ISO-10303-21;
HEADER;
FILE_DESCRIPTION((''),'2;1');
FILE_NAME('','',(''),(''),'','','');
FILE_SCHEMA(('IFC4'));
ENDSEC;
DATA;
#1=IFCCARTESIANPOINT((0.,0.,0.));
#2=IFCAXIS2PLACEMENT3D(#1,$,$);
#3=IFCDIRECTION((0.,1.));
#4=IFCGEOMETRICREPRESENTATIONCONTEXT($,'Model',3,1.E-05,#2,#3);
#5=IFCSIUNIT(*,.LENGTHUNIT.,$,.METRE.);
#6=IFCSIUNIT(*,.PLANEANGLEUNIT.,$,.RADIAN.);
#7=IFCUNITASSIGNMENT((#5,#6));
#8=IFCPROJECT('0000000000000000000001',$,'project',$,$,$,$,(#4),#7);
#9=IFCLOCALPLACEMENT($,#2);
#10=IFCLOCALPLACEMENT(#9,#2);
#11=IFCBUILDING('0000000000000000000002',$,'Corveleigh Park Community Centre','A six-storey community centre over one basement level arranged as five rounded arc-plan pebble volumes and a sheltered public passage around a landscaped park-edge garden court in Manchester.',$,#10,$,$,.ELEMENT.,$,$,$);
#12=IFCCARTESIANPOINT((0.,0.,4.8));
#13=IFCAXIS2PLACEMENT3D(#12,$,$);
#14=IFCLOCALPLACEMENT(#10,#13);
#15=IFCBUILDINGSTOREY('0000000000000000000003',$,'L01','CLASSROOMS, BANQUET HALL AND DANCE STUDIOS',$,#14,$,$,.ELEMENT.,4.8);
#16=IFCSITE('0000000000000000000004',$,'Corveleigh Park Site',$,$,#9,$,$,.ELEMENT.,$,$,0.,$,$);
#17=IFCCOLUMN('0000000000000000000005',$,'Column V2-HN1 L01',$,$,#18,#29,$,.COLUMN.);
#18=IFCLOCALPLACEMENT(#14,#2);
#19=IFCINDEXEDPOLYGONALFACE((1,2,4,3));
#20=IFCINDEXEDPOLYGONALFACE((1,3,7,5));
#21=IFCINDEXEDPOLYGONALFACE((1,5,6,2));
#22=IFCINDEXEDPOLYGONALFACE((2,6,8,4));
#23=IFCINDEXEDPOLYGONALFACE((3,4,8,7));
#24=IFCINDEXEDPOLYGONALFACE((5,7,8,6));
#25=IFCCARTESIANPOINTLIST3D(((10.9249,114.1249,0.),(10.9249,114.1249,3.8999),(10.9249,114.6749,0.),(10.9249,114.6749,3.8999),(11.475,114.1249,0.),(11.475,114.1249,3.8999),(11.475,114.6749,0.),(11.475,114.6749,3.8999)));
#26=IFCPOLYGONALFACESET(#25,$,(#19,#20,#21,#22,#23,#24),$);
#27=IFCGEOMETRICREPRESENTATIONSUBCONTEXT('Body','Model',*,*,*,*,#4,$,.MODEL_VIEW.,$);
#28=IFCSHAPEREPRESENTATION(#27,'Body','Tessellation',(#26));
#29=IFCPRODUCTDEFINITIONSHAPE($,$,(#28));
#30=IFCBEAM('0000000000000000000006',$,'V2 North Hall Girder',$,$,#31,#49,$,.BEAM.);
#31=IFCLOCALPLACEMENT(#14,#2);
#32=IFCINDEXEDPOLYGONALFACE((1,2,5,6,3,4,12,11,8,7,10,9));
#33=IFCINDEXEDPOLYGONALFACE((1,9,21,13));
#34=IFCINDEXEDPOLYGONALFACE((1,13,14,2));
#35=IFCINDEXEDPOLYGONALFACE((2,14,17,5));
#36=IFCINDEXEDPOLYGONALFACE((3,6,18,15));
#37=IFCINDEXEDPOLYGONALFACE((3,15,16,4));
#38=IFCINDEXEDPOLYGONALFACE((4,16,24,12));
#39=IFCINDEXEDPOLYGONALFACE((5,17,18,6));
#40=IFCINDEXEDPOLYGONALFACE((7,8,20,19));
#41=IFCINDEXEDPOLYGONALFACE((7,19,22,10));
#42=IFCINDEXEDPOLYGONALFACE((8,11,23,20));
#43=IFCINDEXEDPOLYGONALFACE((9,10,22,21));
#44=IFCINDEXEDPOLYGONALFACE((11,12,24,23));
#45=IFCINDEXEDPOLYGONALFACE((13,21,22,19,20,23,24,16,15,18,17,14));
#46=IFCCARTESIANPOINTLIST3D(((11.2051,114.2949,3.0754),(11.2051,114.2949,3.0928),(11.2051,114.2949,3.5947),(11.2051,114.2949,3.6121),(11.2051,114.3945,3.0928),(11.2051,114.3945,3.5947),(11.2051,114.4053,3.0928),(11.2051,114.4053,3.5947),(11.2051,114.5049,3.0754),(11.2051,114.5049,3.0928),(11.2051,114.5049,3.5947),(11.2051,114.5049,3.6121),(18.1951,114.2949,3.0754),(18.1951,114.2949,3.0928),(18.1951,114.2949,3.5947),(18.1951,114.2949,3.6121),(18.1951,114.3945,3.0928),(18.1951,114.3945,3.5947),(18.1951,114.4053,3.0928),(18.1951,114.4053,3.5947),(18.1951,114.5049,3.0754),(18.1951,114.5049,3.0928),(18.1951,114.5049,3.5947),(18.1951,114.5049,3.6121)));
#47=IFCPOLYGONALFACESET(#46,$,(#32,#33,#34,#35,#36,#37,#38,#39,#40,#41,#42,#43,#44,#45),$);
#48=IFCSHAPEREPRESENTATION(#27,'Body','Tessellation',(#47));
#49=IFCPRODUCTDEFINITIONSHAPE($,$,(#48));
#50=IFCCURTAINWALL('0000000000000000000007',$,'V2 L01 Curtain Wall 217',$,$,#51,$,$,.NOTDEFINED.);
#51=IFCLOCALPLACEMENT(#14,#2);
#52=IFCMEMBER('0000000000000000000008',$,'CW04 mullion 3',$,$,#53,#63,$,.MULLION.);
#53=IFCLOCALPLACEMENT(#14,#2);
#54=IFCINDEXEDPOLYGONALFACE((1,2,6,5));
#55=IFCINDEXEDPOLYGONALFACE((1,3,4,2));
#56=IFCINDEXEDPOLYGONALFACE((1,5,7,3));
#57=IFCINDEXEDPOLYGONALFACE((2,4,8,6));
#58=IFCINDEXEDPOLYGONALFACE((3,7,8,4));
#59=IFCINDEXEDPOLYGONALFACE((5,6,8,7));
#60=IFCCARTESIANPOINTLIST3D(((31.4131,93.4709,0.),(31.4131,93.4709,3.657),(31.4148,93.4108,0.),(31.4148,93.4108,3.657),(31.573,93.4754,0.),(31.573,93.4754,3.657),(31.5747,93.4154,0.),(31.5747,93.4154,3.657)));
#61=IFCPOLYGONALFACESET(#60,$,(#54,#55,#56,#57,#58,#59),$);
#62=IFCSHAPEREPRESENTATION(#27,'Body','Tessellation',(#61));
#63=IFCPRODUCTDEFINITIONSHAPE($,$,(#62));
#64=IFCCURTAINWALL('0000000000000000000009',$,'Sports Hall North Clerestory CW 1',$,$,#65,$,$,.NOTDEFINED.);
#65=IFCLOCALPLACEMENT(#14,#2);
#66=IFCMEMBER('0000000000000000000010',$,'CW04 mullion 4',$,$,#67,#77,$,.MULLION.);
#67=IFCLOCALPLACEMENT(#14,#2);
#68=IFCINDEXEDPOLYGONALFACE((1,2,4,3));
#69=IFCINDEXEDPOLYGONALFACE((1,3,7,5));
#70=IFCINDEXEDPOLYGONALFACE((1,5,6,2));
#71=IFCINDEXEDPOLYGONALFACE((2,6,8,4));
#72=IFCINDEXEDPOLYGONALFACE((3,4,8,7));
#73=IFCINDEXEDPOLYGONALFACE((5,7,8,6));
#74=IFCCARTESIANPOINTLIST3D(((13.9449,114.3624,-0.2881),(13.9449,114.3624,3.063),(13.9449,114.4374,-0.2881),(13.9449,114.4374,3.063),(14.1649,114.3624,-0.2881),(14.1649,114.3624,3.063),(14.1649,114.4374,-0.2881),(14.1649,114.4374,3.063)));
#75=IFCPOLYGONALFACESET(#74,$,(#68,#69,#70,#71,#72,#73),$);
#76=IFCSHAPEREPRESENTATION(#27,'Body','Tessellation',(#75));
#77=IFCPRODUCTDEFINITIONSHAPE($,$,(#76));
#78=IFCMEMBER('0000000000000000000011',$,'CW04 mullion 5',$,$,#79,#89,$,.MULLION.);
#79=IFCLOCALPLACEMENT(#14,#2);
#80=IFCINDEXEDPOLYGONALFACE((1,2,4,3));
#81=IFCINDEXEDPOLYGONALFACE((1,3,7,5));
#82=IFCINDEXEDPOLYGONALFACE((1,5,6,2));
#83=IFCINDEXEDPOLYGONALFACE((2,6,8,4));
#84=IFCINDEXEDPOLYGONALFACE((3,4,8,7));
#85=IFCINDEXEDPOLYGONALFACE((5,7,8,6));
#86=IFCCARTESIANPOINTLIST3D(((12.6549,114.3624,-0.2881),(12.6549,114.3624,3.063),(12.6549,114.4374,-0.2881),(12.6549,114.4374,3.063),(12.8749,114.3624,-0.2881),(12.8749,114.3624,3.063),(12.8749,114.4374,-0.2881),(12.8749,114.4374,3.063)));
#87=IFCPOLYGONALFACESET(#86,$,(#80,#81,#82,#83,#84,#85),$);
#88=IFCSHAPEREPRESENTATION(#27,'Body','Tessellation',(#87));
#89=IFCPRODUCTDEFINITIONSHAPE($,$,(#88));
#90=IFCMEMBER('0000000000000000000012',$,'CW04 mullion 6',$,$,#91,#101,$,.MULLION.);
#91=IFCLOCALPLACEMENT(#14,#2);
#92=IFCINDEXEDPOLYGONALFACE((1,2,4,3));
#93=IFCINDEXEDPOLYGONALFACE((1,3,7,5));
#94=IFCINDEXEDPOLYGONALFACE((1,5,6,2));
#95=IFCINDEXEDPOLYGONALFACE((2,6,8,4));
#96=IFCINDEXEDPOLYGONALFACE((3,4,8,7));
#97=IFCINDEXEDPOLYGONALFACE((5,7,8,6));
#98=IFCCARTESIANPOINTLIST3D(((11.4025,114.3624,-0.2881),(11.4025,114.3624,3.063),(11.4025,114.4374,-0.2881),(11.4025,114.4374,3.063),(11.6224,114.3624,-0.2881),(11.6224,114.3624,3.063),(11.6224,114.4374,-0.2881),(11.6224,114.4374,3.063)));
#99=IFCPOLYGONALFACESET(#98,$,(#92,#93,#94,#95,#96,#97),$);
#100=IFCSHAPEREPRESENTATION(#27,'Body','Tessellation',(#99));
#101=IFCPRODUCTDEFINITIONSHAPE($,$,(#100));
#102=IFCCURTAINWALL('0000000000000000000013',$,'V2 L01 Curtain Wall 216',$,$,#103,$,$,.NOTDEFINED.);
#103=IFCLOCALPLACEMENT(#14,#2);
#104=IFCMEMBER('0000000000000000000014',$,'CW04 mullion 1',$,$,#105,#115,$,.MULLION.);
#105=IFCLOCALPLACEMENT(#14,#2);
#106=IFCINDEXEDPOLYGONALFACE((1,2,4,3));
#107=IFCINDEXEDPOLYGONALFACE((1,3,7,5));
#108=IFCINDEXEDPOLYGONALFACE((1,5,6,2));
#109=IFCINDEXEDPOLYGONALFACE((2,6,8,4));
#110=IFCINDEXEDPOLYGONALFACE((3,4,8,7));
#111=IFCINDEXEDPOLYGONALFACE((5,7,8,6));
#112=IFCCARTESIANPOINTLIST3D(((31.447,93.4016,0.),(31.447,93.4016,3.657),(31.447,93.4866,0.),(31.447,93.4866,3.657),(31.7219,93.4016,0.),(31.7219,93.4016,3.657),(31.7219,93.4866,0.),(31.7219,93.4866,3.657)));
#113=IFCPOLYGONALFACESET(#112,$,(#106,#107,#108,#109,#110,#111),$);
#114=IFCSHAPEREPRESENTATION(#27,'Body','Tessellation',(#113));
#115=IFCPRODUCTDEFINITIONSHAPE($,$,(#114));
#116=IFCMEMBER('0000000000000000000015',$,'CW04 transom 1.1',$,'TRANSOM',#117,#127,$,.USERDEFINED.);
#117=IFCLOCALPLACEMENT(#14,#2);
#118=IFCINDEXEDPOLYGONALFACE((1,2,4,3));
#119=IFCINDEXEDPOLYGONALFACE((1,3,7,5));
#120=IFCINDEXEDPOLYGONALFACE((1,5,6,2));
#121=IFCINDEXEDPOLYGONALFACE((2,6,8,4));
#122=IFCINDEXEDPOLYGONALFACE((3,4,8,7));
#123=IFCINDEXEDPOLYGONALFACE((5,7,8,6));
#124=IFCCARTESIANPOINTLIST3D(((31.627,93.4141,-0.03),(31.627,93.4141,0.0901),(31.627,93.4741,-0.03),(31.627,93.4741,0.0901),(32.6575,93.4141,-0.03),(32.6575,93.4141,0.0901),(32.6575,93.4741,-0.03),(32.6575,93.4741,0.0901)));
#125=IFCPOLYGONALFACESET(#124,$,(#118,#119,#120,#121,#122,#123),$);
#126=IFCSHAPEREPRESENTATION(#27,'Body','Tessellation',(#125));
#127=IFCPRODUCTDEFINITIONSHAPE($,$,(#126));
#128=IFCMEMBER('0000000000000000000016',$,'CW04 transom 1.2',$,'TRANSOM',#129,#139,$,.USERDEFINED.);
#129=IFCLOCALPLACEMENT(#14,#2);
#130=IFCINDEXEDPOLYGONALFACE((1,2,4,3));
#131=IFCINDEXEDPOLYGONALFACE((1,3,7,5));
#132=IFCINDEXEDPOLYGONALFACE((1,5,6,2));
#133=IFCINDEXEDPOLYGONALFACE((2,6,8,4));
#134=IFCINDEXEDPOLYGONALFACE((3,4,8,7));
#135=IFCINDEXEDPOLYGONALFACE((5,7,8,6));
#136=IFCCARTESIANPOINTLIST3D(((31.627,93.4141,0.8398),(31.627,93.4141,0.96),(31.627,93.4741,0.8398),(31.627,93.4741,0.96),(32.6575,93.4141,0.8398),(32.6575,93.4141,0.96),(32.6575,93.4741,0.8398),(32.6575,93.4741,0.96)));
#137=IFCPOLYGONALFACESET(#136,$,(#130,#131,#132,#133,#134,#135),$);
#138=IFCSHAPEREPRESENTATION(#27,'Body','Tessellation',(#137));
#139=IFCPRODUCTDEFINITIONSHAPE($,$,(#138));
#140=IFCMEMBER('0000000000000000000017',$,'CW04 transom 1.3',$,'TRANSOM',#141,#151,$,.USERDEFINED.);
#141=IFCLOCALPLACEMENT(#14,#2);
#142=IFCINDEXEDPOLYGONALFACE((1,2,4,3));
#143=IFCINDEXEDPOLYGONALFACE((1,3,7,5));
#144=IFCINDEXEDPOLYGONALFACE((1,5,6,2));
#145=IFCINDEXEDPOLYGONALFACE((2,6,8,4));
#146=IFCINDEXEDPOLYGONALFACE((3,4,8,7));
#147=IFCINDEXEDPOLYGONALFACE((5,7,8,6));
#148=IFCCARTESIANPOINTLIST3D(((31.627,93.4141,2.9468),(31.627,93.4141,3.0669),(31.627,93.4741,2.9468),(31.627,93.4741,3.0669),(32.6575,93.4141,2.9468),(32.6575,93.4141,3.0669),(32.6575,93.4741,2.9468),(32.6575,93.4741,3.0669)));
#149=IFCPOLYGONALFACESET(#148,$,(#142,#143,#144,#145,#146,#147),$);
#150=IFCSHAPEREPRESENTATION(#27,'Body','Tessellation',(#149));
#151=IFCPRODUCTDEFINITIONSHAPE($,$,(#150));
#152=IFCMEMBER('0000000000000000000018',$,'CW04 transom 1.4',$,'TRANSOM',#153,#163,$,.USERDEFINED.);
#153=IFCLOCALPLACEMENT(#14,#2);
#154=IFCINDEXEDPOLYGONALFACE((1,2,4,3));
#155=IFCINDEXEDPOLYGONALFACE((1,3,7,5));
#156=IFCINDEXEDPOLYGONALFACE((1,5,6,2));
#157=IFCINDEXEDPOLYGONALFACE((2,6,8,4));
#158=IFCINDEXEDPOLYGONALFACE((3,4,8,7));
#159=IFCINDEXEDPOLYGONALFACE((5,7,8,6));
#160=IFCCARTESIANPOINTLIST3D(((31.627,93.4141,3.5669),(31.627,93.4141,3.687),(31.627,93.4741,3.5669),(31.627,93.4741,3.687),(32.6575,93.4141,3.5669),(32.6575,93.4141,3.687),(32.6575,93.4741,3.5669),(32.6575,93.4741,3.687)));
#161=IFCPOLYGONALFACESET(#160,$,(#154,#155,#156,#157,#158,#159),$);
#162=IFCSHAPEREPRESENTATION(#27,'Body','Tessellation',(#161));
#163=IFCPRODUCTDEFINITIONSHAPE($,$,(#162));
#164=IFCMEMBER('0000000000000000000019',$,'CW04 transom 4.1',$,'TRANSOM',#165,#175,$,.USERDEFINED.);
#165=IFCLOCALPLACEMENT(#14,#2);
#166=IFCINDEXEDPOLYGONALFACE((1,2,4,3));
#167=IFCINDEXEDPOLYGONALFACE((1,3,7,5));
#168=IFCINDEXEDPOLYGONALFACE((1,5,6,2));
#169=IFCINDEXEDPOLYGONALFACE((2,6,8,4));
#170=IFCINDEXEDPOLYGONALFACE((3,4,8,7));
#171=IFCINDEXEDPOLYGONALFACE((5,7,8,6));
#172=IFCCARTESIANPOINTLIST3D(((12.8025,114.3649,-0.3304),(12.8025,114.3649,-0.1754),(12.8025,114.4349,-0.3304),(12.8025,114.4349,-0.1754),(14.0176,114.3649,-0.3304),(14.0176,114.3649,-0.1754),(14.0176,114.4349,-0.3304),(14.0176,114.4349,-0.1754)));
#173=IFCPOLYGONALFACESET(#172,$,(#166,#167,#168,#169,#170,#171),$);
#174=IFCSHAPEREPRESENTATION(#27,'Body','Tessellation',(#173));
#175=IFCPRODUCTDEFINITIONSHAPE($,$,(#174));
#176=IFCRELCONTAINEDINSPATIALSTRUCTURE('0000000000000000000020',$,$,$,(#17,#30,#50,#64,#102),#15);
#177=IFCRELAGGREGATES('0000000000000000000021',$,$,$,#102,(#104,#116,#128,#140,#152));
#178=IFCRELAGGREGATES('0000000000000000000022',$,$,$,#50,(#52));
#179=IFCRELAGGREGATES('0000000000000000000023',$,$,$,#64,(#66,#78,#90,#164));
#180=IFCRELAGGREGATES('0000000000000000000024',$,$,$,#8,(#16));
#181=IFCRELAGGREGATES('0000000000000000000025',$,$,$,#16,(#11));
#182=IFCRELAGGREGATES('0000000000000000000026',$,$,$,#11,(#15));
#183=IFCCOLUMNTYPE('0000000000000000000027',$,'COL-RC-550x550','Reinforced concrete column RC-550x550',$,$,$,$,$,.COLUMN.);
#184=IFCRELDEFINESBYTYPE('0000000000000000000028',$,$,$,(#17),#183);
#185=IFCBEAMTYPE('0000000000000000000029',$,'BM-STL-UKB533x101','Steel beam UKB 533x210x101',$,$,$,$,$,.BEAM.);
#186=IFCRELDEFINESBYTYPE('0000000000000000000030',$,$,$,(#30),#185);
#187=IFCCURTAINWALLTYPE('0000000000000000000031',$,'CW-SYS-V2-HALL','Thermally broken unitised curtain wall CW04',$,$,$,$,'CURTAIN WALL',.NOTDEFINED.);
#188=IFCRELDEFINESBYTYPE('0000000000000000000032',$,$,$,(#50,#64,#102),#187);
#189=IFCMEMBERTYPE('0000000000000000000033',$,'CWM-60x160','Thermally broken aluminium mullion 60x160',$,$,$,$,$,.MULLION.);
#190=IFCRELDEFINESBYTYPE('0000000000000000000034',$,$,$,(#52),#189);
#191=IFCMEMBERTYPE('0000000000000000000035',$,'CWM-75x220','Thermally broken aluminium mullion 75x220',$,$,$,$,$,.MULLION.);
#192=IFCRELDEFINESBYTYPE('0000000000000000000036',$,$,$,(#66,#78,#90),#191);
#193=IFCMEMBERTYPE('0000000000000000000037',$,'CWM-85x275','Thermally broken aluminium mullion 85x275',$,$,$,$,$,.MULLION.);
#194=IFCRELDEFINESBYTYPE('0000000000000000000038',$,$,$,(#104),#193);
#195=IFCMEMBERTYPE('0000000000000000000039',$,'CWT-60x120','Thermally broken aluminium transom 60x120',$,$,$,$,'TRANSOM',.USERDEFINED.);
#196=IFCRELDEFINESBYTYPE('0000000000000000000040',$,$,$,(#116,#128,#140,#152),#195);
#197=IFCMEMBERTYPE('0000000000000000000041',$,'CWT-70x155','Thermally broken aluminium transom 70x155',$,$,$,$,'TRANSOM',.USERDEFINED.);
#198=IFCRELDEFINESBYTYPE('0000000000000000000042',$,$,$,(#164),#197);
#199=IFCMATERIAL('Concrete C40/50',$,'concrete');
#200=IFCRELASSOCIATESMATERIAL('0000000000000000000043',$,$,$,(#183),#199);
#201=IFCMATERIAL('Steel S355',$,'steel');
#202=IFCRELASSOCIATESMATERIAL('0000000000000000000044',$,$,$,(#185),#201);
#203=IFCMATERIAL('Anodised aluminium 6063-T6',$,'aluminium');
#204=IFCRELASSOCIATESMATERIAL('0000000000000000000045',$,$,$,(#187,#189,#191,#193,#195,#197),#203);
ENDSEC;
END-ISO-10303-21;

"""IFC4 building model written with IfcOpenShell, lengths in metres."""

from ifc_helpers import new_model, si_unit, direction, frame, origin, origin_2d, place, context, subcontext, project, spatial, rectangle, i_section, extrude, material, material_profile, profile_set, type_object, element, aggregate, save


model = new_model("IFC4")

# Units and contexts
model_context = context("Model", 3, precision=1e-05, world=origin(), true_north=direction((0.0, 1.0)))
body_context = subcontext(model_context, "Body", "Model", "MODEL_VIEW")
ifc_project = project(units=[si_unit("LENGTHUNIT", "METRE"), si_unit("PLANEANGLEUNIT", "RADIAN")], contexts=[model_context])

# Site, building, storey
site_placement = place(None, origin())
site = spatial("IfcSite", under=ifc_project, at=site_placement, Name="Corveleigh Park Site", CompositionType="ELEMENT", RefElevation=0.0)
building_placement = place(site_placement, origin())
building = spatial("IfcBuilding", under=site, at=building_placement, Name="Corveleigh Park Community Centre", Description="A six-storey community centre over one basement level arranged as five rounded arc-plan pebble volumes and a sheltered public passage around a landscaped park-edge garden court in Manchester.", CompositionType="ELEMENT")
storey_placement = place(building_placement, frame((0.0, 0.0, 4.8)))
storey = spatial("IfcBuildingStorey", under=building, at=storey_placement, Name="L01", Description="CLASSROOMS, BANQUET HALL AND DANCE STUDIOS", CompositionType="ELEMENT", Elevation=4.8)

# Column
ifc_material_1 = material(Name="Concrete C40/50", Category="concrete")
ifc_material_profile_1 = material_profile(ifc_material_1, rectangle(XDim=0.55, YDim=0.55, at=origin_2d()), Name="RC-550x550", Category="concrete")
ifc_profile_set_1 = profile_set([ifc_material_profile_1], Name="Concrete C40/50")
column_type = type_object("IfcColumnType", Name="COL-RC-550x550", Description="Reinforced concrete column RC-550x550", PredefinedType="COLUMN", material=ifc_profile_set_1)
column_placement = place(storey_placement, frame((11.2, 114.3999, 0.0), z_axis=(0.0, 0.0, 1.0), x_axis=(1.0, 0.0, 0.0)))
element("IfcColumn", 1, at=column_placement, inside=storey, type_object=column_type, Name="Column V2-HN1 L01", PredefinedType="COLUMN", context=body_context, shape_type="SweptSolid", body=[
    extrude(rectangle(XDim=0.55, YDim=0.55, at=origin_2d()), origin(), (0.0, 0.0, 1.0), 3.8999),
])

# Beam
ifc_material_2 = material(Name="Steel S355", Category="steel")
ifc_material_profile_2 = material_profile(ifc_material_2, i_section(OverallWidth=0.21, OverallDepth=0.5366, WebThickness=0.0107, FlangeThickness=0.0173, at=origin_2d()), Name="UKB 533x210x101", Category="steel")
ifc_profile_set_2 = profile_set([ifc_material_profile_2], Name="Steel S355")
beam_type = type_object("IfcBeamType", Name="BM-STL-UKB533x101", Description="Steel beam UKB 533x210x101", PredefinedType="BEAM", material=ifc_profile_set_2)
beam_placement = place(storey_placement, frame((11.2051, 114.3999, 3.3438), z_axis=(1.0, 0.0, 0.0), x_axis=(0.0, 1.0, 0.0)))
element("IfcBeam", 2, at=beam_placement, inside=storey, type_object=beam_type, Name="V2 North Hall Girder", PredefinedType="BEAM", context=body_context, shape_type="SweptSolid", body=[
    extrude(i_section(OverallWidth=0.21, OverallDepth=0.5366, WebThickness=0.0107, FlangeThickness=0.0173, at=origin_2d()), origin(), (0.0, 0.0, 1.0), 6.99),
])

# Curtain wall, member
ifc_material_3 = material(Name="Anodised aluminium 6063-T6", Category="aluminium")
curtain_wall_type = type_object("IfcCurtainWallType", Name="CW-SYS-V2-HALL", Description="Thermally broken unitised curtain wall CW04", ElementType="CURTAIN WALL", PredefinedType="NOTDEFINED", material=ifc_material_3)
curtain_wall_1_placement = place(storey_placement, origin())
curtain_wall_1 = element("IfcCurtainWall", 3, at=curtain_wall_1_placement, inside=storey, type_object=curtain_wall_type, Name="V2 L01 Curtain Wall 217", PredefinedType="NOTDEFINED")
ifc_material_profile_3 = material_profile(ifc_material_3, rectangle(XDim=0.0601, YDim=0.1599, at=origin_2d()), Name="ALU-M60x160", Category="aluminium")
ifc_profile_set_3 = profile_set([ifc_material_profile_3], Name="Anodised aluminium 6063-T6")
member_type_1 = type_object("IfcMemberType", Name="CWM-60x160", Description="Thermally broken aluminium mullion 60x160", PredefinedType="MULLION", material=ifc_profile_set_3)
member_1_placement = place(storey_placement, frame((31.4939, 93.4431, 0.0), z_axis=(0.0, 0.0, 1.0), x_axis=(-0.028498, 0.999594, 0.0)))
member_1 = element("IfcMember", 4, at=member_1_placement, type_object=member_type_1, Name="CW04 mullion 3", PredefinedType="MULLION", context=body_context, shape_type="SweptSolid", body=[
    extrude(rectangle(XDim=0.0601, YDim=0.1599, at=origin_2d()), origin(), (0.0, 0.0, 1.0), 3.657),
])

# Curtain walls, members
curtain_wall_2_placement = place(storey_placement, origin())
curtain_wall_2 = element("IfcCurtainWall", 5, at=curtain_wall_2_placement, inside=storey, type_object=curtain_wall_type, Name="Sports Hall North Clerestory CW 1", PredefinedType="NOTDEFINED")
ifc_material_profile_4 = material_profile(ifc_material_3, rectangle(XDim=0.075, YDim=0.22, at=origin_2d()), Name="ALU-M75x220", Category="aluminium")
ifc_profile_set_4 = profile_set([ifc_material_profile_4], Name="Anodised aluminium 6063-T6")
member_type_2 = type_object("IfcMemberType", Name="CWM-75x220", Description="Thermally broken aluminium mullion 75x220", PredefinedType="MULLION", material=ifc_profile_set_4)
member_2_placement = place(storey_placement, frame((14.0549, 114.3999, -0.2881), z_axis=(0.0, 0.0, 1.0), x_axis=(0.0, -1.0, 0.0)))
member_2 = element("IfcMember", 6, at=member_2_placement, type_object=member_type_2, Name="CW04 mullion 4", PredefinedType="MULLION", context=body_context, shape_type="SweptSolid", body=[
    extrude(rectangle(XDim=0.075, YDim=0.22, at=origin_2d()), origin(), (0.0, 0.0, 1.0), 3.3511),
])
member_3_placement = place(storey_placement, frame((12.7649, 114.3999, -0.2881), z_axis=(0.0, 0.0, 1.0), x_axis=(0.0, -1.0, 0.0)))
member_3 = element("IfcMember", 7, at=member_3_placement, type_object=member_type_2, Name="CW04 mullion 5", PredefinedType="MULLION", context=body_context, shape_type="SweptSolid", body=[
    extrude(rectangle(XDim=0.075, YDim=0.22, at=origin_2d()), origin(), (0.0, 0.0, 1.0), 3.3511),
])
member_4_placement = place(storey_placement, frame((11.5125, 114.3999, -0.2881), z_axis=(0.0, 0.0, 1.0), x_axis=(0.0, -1.0, 0.0)))
member_4 = element("IfcMember", 8, at=member_4_placement, type_object=member_type_2, Name="CW04 mullion 6", PredefinedType="MULLION", context=body_context, shape_type="SweptSolid", body=[
    extrude(rectangle(XDim=0.075, YDim=0.22, at=origin_2d()), origin(), (0.0, 0.0, 1.0), 3.3511),
])
curtain_wall_3_placement = place(storey_placement, origin())
curtain_wall_3 = element("IfcCurtainWall", 9, at=curtain_wall_3_placement, inside=storey, type_object=curtain_wall_type, Name="V2 L01 Curtain Wall 216", PredefinedType="NOTDEFINED")
ifc_material_profile_5 = material_profile(ifc_material_3, rectangle(XDim=0.085, YDim=0.2749, at=origin_2d()), Name="ALU-M85x275", Category="aluminium")
ifc_profile_set_5 = profile_set([ifc_material_profile_5], Name="Anodised aluminium 6063-T6")
member_type_3 = type_object("IfcMemberType", Name="CWM-85x275", Description="Thermally broken aluminium mullion 85x275", PredefinedType="MULLION", material=ifc_profile_set_5)
member_5_placement = place(storey_placement, frame((31.5845, 93.4441, 0.0), z_axis=(0.0, 0.0, 1.0), x_axis=(0.0, 1.0, 0.0)))
member_5 = element("IfcMember", 10, at=member_5_placement, type_object=member_type_3, Name="CW04 mullion 1", PredefinedType="MULLION", context=body_context, shape_type="SweptSolid", body=[
    extrude(rectangle(XDim=0.085, YDim=0.2749, at=origin_2d()), origin(), (0.0, 0.0, 1.0), 3.657),
])
ifc_material_profile_6 = material_profile(ifc_material_3, rectangle(XDim=0.0601, YDim=0.1201, at=origin_2d()), Name="ALU-T60x120", Category="aluminium")
ifc_profile_set_6 = profile_set([ifc_material_profile_6], Name="Anodised aluminium 6063-T6")
member_type_4 = type_object("IfcMemberType", Name="CWT-60x120", Description="Thermally broken aluminium transom 60x120", ElementType="TRANSOM", PredefinedType="USERDEFINED", material=ifc_profile_set_6)
member_6_placement = place(storey_placement, frame((31.627, 93.4441, 0.03), z_axis=(1.0, 0.0, 0.0), x_axis=(0.0, 1.0, 0.0)))
member_6 = element("IfcMember", 11, at=member_6_placement, type_object=member_type_4, Name="CW04 transom 1.1", ObjectType="TRANSOM", PredefinedType="USERDEFINED", context=body_context, shape_type="SweptSolid", body=[
    extrude(rectangle(XDim=0.0601, YDim=0.1201, at=origin_2d()), origin(), (0.0, 0.0, 1.0), 1.0305),
])
member_7_placement = place(storey_placement, frame((31.627, 93.4441, 0.8999), z_axis=(1.0, 0.0, 0.0), x_axis=(0.0, 1.0, 0.0)))
member_7 = element("IfcMember", 12, at=member_7_placement, type_object=member_type_4, Name="CW04 transom 1.2", ObjectType="TRANSOM", PredefinedType="USERDEFINED", context=body_context, shape_type="SweptSolid", body=[
    extrude(rectangle(XDim=0.0601, YDim=0.1201, at=origin_2d()), origin(), (0.0, 0.0, 1.0), 1.0305),
])
member_8_placement = place(storey_placement, frame((31.627, 93.4441, 3.0068), z_axis=(1.0, 0.0, 0.0), x_axis=(0.0, 1.0, 0.0)))
member_8 = element("IfcMember", 13, at=member_8_placement, type_object=member_type_4, Name="CW04 transom 1.3", ObjectType="TRANSOM", PredefinedType="USERDEFINED", context=body_context, shape_type="SweptSolid", body=[
    extrude(rectangle(XDim=0.0601, YDim=0.1201, at=origin_2d()), origin(), (0.0, 0.0, 1.0), 1.0305),
])
member_9_placement = place(storey_placement, frame((31.627, 93.4441, 3.627), z_axis=(1.0, 0.0, 0.0), x_axis=(0.0, 1.0, 0.0)))
member_9 = element("IfcMember", 14, at=member_9_placement, type_object=member_type_4, Name="CW04 transom 1.4", ObjectType="TRANSOM", PredefinedType="USERDEFINED", context=body_context, shape_type="SweptSolid", body=[
    extrude(rectangle(XDim=0.0601, YDim=0.1201, at=origin_2d()), origin(), (0.0, 0.0, 1.0), 1.0305),
])
aggregate(curtain_wall_3, [member_5, member_6, member_7, member_8, member_9])

# Member
ifc_material_profile_7 = material_profile(ifc_material_3, rectangle(XDim=0.0701, YDim=0.155, at=origin_2d()), Name="ALU-T70x155", Category="aluminium")
ifc_profile_set_7 = profile_set([ifc_material_profile_7], Name="Anodised aluminium 6063-T6")
member_type_5 = type_object("IfcMemberType", Name="CWT-70x155", Description="Thermally broken aluminium transom 70x155", ElementType="TRANSOM", PredefinedType="USERDEFINED", material=ifc_profile_set_7)
member_10_placement = place(storey_placement, frame((14.0176, 114.3999, -0.2529), z_axis=(-1.0, 0.0, 0.0), x_axis=(0.0, -1.0, 0.0)))
member_10 = element("IfcMember", 15, at=member_10_placement, type_object=member_type_5, Name="CW04 transom 4.1", ObjectType="TRANSOM", PredefinedType="USERDEFINED", context=body_context, shape_type="SweptSolid", body=[
    extrude(rectangle(XDim=0.0701, YDim=0.155, at=origin_2d()), origin(), (0.0, 0.0, 1.0), 1.2151),
])

aggregate(curtain_wall_1, [member_1])
aggregate(curtain_wall_2, [member_2, member_3, member_4, member_10])

save(model, "model.ifc")
